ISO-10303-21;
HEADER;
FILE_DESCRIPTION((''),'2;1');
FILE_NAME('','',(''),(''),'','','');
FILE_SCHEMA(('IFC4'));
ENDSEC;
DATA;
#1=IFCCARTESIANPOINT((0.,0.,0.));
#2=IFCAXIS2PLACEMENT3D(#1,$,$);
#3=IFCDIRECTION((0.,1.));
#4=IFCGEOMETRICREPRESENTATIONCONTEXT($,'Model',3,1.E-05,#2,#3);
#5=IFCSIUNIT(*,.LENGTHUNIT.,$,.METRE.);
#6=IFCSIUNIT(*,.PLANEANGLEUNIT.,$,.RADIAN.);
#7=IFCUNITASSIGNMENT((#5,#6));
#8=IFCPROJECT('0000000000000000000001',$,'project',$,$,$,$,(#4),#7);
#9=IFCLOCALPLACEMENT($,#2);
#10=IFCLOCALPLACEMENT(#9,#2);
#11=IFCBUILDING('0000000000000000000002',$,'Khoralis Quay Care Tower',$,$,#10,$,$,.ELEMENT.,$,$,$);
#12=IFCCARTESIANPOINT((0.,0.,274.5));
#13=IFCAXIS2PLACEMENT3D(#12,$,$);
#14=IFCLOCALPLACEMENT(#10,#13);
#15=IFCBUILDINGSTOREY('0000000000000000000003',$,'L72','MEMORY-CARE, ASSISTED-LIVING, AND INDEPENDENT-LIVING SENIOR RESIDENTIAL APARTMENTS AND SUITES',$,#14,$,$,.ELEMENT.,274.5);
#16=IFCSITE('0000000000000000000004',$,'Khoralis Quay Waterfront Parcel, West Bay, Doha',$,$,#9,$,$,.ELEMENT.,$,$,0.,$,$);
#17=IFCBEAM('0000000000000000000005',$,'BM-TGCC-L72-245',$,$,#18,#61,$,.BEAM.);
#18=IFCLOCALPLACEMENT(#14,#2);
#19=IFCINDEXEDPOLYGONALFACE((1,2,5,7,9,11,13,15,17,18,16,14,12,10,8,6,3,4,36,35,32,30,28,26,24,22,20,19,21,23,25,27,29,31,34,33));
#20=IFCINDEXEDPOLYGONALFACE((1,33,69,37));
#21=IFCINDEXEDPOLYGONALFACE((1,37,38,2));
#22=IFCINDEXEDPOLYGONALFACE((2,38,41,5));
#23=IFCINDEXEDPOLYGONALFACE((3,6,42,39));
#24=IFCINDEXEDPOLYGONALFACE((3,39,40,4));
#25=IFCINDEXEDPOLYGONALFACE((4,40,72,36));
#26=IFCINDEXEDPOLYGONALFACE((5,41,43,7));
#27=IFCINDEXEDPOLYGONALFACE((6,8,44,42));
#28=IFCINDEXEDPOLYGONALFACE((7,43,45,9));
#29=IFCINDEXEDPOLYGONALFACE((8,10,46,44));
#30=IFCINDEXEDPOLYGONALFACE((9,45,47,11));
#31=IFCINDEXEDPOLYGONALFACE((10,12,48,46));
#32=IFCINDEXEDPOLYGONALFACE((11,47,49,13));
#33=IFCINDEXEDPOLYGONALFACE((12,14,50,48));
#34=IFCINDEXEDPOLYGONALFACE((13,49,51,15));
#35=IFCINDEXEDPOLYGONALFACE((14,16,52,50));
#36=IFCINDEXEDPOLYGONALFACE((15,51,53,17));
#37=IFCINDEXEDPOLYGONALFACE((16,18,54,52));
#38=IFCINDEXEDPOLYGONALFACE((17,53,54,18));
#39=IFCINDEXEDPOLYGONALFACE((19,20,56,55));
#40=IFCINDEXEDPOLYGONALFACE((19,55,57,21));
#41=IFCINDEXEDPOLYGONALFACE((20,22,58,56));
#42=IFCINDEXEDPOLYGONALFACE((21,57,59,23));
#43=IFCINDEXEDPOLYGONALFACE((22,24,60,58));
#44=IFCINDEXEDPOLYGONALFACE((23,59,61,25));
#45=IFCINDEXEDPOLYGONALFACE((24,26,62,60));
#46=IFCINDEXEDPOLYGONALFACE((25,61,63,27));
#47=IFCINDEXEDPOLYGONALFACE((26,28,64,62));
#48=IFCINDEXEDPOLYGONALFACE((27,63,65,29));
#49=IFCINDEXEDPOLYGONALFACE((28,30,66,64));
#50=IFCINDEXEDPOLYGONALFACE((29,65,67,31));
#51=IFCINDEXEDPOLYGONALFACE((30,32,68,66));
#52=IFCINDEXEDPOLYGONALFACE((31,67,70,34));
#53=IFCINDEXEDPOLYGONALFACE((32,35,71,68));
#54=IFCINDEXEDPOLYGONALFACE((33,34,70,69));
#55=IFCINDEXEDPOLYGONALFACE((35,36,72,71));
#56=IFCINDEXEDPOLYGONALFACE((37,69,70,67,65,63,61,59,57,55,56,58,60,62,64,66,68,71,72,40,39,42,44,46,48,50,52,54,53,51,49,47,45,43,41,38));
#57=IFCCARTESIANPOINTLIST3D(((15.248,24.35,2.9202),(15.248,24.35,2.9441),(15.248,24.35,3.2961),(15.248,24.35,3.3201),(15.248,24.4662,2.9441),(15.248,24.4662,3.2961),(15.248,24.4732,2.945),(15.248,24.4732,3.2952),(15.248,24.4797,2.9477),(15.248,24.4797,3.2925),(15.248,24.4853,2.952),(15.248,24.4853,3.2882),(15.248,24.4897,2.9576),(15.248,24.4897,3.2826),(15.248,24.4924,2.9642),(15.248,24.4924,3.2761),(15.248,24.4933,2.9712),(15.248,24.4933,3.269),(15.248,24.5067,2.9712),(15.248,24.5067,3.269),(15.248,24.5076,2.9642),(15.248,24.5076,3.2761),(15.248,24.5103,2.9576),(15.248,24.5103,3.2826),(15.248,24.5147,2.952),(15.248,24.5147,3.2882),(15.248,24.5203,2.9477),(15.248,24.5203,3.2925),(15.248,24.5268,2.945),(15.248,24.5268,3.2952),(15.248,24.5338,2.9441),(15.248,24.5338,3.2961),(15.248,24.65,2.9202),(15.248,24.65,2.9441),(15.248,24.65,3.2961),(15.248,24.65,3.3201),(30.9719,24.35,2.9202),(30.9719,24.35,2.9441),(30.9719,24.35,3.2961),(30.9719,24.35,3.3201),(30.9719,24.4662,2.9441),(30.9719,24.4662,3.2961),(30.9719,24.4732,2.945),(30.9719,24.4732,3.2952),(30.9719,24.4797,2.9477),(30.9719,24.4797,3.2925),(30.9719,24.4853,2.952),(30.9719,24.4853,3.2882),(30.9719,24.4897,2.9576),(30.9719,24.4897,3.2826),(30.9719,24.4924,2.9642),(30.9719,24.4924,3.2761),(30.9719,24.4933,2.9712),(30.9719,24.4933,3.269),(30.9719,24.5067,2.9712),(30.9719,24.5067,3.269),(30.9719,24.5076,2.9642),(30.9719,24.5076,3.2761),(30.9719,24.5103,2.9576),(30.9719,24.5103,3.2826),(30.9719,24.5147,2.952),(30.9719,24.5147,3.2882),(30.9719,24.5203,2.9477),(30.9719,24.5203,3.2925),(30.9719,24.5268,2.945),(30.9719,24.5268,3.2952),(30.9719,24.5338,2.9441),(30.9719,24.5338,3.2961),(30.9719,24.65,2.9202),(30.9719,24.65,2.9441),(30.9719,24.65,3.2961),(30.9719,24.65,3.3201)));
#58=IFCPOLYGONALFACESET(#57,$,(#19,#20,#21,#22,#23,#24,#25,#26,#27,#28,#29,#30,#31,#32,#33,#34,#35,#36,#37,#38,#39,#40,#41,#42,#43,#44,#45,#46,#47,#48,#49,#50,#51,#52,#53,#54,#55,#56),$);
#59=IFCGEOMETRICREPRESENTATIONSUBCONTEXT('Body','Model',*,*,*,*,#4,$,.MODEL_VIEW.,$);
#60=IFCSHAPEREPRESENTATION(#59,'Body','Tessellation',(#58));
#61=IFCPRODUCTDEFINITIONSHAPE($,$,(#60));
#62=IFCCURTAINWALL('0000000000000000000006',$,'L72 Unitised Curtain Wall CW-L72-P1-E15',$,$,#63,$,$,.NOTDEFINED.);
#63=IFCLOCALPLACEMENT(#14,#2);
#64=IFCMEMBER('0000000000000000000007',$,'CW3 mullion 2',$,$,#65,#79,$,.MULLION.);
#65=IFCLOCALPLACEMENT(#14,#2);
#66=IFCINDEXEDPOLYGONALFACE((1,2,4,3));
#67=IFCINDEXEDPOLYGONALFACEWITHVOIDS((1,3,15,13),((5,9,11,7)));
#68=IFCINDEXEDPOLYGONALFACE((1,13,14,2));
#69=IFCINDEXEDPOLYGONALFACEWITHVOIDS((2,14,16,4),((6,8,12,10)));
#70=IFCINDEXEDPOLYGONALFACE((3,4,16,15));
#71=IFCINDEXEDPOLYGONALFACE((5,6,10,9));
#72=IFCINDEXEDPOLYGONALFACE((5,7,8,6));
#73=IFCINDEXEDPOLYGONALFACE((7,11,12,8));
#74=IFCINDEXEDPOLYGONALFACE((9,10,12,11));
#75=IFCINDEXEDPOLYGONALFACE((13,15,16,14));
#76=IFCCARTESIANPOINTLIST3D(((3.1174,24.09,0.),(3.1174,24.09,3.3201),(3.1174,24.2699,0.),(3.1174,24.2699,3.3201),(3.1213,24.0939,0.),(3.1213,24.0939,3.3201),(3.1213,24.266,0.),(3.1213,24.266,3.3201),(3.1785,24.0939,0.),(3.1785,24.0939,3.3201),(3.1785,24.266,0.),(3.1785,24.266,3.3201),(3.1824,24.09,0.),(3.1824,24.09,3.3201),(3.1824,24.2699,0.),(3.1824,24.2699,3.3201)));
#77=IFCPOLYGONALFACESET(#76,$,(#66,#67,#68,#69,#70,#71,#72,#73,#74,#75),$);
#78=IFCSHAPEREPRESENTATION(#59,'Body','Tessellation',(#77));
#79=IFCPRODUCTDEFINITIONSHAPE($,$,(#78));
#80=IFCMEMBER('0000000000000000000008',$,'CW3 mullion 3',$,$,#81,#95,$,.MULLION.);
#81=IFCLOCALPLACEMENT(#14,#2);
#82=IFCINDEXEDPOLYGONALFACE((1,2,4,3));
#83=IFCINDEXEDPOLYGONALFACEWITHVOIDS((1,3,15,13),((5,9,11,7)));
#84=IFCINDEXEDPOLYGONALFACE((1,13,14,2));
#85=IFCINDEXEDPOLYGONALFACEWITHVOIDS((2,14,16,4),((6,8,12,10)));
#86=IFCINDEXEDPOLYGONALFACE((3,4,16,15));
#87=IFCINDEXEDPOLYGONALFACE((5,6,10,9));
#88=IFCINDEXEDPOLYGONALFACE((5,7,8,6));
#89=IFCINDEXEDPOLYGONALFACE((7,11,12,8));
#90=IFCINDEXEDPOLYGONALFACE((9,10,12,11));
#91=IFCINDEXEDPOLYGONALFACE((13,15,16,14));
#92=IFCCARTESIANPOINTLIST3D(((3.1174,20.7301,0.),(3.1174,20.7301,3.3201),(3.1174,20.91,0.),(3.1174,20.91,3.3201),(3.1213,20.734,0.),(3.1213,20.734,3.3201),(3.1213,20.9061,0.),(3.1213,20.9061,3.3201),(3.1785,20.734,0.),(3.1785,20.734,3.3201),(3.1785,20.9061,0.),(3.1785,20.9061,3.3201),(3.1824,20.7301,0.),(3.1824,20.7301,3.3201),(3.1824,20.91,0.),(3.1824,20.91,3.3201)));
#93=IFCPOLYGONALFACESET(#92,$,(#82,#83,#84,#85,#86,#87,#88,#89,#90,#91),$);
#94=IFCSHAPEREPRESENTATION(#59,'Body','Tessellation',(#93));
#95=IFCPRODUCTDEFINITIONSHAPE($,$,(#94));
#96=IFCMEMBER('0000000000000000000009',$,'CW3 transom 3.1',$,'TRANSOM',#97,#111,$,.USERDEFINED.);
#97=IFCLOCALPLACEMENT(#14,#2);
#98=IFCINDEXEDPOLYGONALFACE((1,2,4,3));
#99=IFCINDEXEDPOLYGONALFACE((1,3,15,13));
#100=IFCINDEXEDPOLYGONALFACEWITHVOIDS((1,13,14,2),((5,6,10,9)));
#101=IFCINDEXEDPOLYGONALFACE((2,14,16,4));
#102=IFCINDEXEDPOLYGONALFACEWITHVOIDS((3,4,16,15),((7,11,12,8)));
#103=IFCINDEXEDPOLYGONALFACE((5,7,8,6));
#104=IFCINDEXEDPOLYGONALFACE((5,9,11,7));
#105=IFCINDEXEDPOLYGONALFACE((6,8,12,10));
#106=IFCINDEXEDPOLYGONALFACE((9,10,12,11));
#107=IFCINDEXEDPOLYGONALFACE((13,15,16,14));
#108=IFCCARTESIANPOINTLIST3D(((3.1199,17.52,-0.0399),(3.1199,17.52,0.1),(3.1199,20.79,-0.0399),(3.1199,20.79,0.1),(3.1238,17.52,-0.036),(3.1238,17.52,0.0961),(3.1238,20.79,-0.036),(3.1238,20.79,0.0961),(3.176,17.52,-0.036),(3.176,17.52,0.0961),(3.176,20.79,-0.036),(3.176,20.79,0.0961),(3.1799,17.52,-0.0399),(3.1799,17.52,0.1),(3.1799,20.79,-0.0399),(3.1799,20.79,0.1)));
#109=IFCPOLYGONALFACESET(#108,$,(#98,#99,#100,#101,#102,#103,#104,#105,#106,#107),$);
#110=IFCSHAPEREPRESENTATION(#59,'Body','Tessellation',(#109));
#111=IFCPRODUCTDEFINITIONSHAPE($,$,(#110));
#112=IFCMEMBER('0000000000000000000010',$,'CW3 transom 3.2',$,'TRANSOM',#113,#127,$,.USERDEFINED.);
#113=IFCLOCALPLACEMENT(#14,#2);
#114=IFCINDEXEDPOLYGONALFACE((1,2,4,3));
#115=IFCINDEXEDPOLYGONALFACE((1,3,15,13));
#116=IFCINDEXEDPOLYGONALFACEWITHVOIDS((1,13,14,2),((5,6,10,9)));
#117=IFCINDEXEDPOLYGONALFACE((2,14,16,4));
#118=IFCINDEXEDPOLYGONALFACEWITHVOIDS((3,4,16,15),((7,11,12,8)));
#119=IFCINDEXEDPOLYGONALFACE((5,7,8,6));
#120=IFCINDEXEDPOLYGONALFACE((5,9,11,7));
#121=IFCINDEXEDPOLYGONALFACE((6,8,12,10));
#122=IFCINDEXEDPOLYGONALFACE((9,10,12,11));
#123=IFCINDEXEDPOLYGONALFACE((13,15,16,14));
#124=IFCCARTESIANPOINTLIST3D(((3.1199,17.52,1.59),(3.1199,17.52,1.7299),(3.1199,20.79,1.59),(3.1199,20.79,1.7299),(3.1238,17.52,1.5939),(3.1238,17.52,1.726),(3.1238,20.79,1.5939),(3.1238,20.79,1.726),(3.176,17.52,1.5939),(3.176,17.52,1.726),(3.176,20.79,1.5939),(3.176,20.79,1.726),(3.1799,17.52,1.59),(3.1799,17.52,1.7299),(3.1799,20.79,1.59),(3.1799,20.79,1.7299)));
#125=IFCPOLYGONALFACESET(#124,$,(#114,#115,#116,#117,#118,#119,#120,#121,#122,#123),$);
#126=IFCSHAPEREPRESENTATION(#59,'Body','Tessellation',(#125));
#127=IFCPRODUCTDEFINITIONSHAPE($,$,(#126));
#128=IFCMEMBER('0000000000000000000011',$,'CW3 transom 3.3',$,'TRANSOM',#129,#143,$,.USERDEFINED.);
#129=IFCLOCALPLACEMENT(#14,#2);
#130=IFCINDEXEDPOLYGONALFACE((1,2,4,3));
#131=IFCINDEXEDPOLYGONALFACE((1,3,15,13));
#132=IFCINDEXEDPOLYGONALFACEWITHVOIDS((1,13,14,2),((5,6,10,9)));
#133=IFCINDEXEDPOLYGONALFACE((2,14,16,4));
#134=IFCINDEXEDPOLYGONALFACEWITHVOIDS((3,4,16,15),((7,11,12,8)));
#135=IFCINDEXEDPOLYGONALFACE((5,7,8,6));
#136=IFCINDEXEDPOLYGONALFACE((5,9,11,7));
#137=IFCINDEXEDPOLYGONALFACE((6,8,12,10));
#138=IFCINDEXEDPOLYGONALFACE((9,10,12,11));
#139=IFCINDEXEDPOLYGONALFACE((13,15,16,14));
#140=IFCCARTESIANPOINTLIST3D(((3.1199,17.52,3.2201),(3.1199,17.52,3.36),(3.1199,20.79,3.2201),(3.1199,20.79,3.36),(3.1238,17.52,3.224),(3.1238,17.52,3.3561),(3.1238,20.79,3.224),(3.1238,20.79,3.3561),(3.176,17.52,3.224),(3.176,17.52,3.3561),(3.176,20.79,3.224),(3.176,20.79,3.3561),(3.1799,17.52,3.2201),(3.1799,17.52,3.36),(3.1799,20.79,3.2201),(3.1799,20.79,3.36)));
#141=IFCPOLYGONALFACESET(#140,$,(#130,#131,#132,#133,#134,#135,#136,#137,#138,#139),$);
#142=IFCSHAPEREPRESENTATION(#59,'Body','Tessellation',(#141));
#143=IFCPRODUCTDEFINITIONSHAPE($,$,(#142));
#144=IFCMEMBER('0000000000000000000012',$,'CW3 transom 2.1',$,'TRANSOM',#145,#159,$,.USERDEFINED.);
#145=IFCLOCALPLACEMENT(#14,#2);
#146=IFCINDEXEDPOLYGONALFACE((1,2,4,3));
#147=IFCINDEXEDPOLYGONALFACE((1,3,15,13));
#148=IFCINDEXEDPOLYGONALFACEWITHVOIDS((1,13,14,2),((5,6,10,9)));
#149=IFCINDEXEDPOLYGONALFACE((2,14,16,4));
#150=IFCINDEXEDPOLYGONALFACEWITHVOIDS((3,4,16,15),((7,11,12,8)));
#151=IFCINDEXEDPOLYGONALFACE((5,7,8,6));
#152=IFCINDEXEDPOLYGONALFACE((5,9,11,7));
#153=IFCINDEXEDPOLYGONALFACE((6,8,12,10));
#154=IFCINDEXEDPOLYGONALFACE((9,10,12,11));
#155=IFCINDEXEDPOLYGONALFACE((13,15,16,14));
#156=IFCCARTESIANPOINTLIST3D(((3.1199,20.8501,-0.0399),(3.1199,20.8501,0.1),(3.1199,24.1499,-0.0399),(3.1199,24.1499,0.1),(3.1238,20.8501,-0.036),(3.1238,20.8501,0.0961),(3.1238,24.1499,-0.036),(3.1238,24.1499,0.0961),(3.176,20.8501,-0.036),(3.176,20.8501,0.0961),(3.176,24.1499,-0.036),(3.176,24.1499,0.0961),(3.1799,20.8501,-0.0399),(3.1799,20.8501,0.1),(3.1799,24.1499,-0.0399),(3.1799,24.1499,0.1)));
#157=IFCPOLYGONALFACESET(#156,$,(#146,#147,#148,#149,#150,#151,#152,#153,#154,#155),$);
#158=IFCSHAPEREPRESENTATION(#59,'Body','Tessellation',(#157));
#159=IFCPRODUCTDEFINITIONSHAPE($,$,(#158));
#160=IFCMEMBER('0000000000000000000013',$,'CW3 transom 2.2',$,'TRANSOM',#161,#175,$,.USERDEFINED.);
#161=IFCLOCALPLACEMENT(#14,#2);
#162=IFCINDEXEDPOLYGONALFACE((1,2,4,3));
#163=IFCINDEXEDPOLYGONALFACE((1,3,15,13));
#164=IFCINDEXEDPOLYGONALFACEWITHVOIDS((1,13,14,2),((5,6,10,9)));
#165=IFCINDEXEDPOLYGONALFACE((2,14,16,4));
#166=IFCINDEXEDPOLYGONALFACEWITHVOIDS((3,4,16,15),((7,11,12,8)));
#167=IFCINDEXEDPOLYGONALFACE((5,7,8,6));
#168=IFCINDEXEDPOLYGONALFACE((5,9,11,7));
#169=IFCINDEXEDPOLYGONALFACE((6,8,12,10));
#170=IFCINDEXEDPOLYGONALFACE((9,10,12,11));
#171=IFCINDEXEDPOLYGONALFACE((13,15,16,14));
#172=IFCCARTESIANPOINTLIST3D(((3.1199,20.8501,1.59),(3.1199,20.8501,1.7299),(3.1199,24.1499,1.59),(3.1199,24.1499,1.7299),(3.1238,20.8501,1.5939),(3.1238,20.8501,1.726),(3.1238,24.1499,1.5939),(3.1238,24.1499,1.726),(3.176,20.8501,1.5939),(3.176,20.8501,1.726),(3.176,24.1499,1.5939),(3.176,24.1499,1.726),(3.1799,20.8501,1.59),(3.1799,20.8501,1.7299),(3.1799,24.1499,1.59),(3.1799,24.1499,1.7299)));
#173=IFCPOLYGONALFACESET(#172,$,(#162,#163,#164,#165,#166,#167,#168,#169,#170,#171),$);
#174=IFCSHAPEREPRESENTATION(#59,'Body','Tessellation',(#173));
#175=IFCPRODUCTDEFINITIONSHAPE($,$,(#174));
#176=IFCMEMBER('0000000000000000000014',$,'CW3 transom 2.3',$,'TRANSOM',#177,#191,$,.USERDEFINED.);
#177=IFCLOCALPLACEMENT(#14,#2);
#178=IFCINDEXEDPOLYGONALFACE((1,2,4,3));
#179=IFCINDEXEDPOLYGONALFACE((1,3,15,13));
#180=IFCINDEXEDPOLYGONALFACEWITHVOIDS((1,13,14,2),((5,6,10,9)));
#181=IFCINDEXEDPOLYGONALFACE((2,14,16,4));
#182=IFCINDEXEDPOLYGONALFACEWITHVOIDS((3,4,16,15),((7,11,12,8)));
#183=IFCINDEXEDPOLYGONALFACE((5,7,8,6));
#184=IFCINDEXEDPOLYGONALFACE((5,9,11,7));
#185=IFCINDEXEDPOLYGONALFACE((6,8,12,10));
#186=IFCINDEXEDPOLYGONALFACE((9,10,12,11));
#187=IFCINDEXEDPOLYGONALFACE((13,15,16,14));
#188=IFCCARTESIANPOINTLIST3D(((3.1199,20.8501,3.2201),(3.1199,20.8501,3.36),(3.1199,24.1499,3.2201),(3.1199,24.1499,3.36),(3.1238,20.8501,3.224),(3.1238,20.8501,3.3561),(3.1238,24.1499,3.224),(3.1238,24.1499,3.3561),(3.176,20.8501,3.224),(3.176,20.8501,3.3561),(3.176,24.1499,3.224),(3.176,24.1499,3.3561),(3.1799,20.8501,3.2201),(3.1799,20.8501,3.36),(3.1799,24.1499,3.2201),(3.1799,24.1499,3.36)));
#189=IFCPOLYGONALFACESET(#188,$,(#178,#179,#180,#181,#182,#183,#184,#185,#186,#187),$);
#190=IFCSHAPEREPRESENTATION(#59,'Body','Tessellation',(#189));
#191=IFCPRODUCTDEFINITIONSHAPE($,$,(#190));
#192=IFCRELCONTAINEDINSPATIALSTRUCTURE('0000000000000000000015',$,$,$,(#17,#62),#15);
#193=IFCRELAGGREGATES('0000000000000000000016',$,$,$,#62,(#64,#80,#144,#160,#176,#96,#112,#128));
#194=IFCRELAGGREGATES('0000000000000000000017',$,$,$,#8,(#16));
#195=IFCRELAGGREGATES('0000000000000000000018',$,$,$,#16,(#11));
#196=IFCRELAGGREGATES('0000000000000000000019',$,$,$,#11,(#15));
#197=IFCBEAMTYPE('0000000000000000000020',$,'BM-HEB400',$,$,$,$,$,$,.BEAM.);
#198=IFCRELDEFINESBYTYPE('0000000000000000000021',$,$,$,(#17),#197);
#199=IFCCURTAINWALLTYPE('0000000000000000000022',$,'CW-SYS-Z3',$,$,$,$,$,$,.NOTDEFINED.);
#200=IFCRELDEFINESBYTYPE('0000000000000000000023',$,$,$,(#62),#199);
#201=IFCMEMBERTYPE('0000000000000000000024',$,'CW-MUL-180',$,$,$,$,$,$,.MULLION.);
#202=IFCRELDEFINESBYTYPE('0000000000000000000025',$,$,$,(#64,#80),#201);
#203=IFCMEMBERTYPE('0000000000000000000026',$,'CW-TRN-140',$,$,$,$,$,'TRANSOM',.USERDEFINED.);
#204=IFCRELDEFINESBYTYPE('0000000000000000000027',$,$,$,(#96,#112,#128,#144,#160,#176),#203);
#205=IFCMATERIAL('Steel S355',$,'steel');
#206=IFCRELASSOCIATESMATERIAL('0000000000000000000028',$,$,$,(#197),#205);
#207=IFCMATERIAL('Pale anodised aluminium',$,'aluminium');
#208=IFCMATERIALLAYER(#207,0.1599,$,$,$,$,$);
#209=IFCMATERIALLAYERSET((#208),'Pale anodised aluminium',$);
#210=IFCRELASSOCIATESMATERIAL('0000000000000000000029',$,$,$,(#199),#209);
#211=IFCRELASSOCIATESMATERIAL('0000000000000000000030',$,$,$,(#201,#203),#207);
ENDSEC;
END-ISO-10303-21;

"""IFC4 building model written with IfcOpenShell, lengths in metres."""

from ifc_helpers import new_model, si_unit, direction, frame, origin, origin_2d, place, context, subcontext, project, spatial, hollow_rectangle, i_section, extrude, source, transform, mapped, material, layer, layer_set, material_profile, profile_set, type_object, element, aggregate, save


model = new_model("IFC4")

# Units and contexts
model_context = context("Model", 3, precision=1e-05, world=origin(), true_north=direction((0.0, 1.0)))
body_context = subcontext(model_context, "Body", "Model", "MODEL_VIEW")
ifc_project = project(units=[si_unit("LENGTHUNIT", "METRE"), si_unit("PLANEANGLEUNIT", "RADIAN")], contexts=[model_context])

# Site, building, storey
site_placement = place(None, origin())
site = spatial("IfcSite", under=ifc_project, at=site_placement, Name="Khoralis Quay Waterfront Parcel, West Bay, Doha", CompositionType="ELEMENT", RefElevation=0.0)
building_placement = place(site_placement, origin())
building = spatial("IfcBuilding", under=site, at=building_placement, Name="Khoralis Quay Care Tower", CompositionType="ELEMENT")
storey_placement = place(building_placement, frame((0.0, 0.0, 274.5)))
storey = spatial("IfcBuildingStorey", under=building, at=storey_placement, Name="L72", Description="MEMORY-CARE, ASSISTED-LIVING, AND INDEPENDENT-LIVING SENIOR RESIDENTIAL APARTMENTS AND SUITES", CompositionType="ELEMENT", Elevation=274.5)

# Beam
ifc_material_1 = material(Name="Steel S355", Category="steel")
ifc_material_profile_1 = material_profile(ifc_material_1, i_section(OverallWidth=0.3, OverallDepth=0.3999, WebThickness=0.0134, FlangeThickness=0.0239, FilletRadius=0.0271, at=origin_2d()), Name="Steel S355")
ifc_profile_set_1 = profile_set([ifc_material_profile_1], Name="Steel S355")
beam_type_1 = type_object("IfcBeamType", Name="BM-HEB400", PredefinedType="BEAM", material=ifc_profile_set_1)
shared_shape_1 = source(origin(), body_context, "Body", "SweptSolid", [
    extrude(i_section(OverallWidth=0.3, OverallDepth=0.3999, WebThickness=0.0134, FlangeThickness=0.0239, FilletRadius=0.0271, at=origin_2d()), origin(), (0.0, 0.0, 1.0), 15.7239),
])
beam_1_placement = place(storey_placement, frame((15.248, 24.5, 3.1201), z_axis=(1.0, 0.0, 0.0), x_axis=(0.0, 1.0, 0.0)))
element("IfcBeam", 1, at=beam_1_placement, inside=storey, type_object=beam_type_1, Name="BM-TGCC-L72-245", PredefinedType="BEAM", context=body_context, shape_type="MappedRepresentation", body=[
    mapped(shared_shape_1, transform((0.0, 0.0, 0.0), scale=1.0)),
])

# Curtain wall, members
ifc_material_2 = material(Name="Pale anodised aluminium", Category="aluminium")
ifc_layer_1 = layer(ifc_material_2, 0.1599)
ifc_layer_set_1 = layer_set([ifc_layer_1], Name="Pale anodised aluminium")
curtain_wall_type = type_object("IfcCurtainWallType", Name="CW-SYS-Z3", PredefinedType="NOTDEFINED", material=ifc_layer_set_1)
curtain_wall_placement = place(storey_placement, origin())
curtain_wall = element("IfcCurtainWall", 2, at=curtain_wall_placement, inside=storey, type_object=curtain_wall_type, Name="L72 Unitised Curtain Wall CW-L72-P1-E15", PredefinedType="NOTDEFINED")
ifc_material_profile_2 = material_profile(ifc_material_2, hollow_rectangle(XDim=0.0649, YDim=0.1799, WallThickness=0.0039, at=origin_2d()), Name="Pale anodised aluminium")
ifc_profile_set_2 = profile_set([ifc_material_profile_2], Name="Pale anodised aluminium")
member_type_1 = type_object("IfcMemberType", Name="CW-MUL-180", PredefinedType="MULLION", material=ifc_profile_set_2)
shared_shape_2 = source(origin(), body_context, "Body", "SweptSolid", [
    extrude(hollow_rectangle(XDim=0.0649, YDim=0.1799, WallThickness=0.0039, at=origin_2d()), origin(), (0.0, 0.0, 1.0), 3.3201),
])
member_1_placement = place(storey_placement, frame((3.1499, 24.1799, 0.0), z_axis=(0.0, 0.0, 1.0), x_axis=(1.0, 0.0, 0.0)))
member_1 = element("IfcMember", 3, at=member_1_placement, type_object=member_type_1, Name="CW3 mullion 2", PredefinedType="MULLION", context=body_context, shape_type="MappedRepresentation", body=[
    mapped(shared_shape_2, transform((0.0, 0.0, 0.0), scale=1.0)),
])
member_2_placement = place(storey_placement, frame((3.1499, 20.8201, 0.0), z_axis=(0.0, 0.0, 1.0), x_axis=(1.0, 0.0, 0.0)))
member_2 = element("IfcMember", 4, at=member_2_placement, type_object=member_type_1, Name="CW3 mullion 3", PredefinedType="MULLION", context=body_context, shape_type="MappedRepresentation", body=[
    mapped(shared_shape_2, transform((0.0, 0.0, 0.0), scale=1.0)),
])
ifc_material_profile_3 = material_profile(ifc_material_2, hollow_rectangle(XDim=0.0601, YDim=0.1399, WallThickness=0.0039, at=origin_2d()), Name="Pale anodised aluminium")
ifc_profile_set_3 = profile_set([ifc_material_profile_3], Name="Pale anodised aluminium")
member_type_2 = type_object("IfcMemberType", Name="CW-TRN-140", ElementType="TRANSOM", PredefinedType="USERDEFINED", material=ifc_profile_set_3)
shared_shape_3 = source(origin(), body_context, "Body", "SweptSolid", [
    extrude(hollow_rectangle(XDim=0.0601, YDim=0.1399, WallThickness=0.0039, at=origin_2d()), origin(), (0.0, 0.0, 1.0), 3.27),
])
member_3_placement = place(storey_placement, frame((3.1499, 20.79, 0.03), z_axis=(0.0, -1.0, 0.0), x_axis=(1.0, 0.0, 0.0)))
member_3 = element("IfcMember", 5, at=member_3_placement, type_object=member_type_2, Name="CW3 transom 3.1", ObjectType="TRANSOM", PredefinedType="USERDEFINED", context=body_context, shape_type="MappedRepresentation", body=[
    mapped(shared_shape_3, transform((0.0, 0.0, 0.0), scale=1.0)),
])
member_4_placement = place(storey_placement, frame((3.1499, 20.79, 1.6599), z_axis=(0.0, -1.0, 0.0), x_axis=(1.0, 0.0, 0.0)))
member_4 = element("IfcMember", 6, at=member_4_placement, type_object=member_type_2, Name="CW3 transom 3.2", ObjectType="TRANSOM", PredefinedType="USERDEFINED", context=body_context, shape_type="MappedRepresentation", body=[
    mapped(shared_shape_3, transform((0.0, 0.0, 0.0), scale=1.0)),
])
member_5_placement = place(storey_placement, frame((3.1499, 20.79, 3.29), z_axis=(0.0, -1.0, 0.0), x_axis=(1.0, 0.0, 0.0)))
member_5 = element("IfcMember", 7, at=member_5_placement, type_object=member_type_2, Name="CW3 transom 3.3", ObjectType="TRANSOM", PredefinedType="USERDEFINED", context=body_context, shape_type="MappedRepresentation", body=[
    mapped(shared_shape_3, transform((0.0, 0.0, 0.0), scale=1.0)),
])
shared_shape_4 = source(origin(), body_context, "Body", "SweptSolid", [
    extrude(hollow_rectangle(XDim=0.0601, YDim=0.1399, WallThickness=0.0039, at=origin_2d()), origin(), (0.0, 0.0, 1.0), 3.2998),
])
member_6_placement = place(storey_placement, frame((3.1499, 24.1499, 0.03), z_axis=(0.0, -1.0, 0.0), x_axis=(1.0, 0.0, 0.0)))
member_6 = element("IfcMember", 8, at=member_6_placement, type_object=member_type_2, Name="CW3 transom 2.1", ObjectType="TRANSOM", PredefinedType="USERDEFINED", context=body_context, shape_type="MappedRepresentation", body=[
    mapped(shared_shape_4, transform((0.0, 0.0, 0.0), scale=1.0)),
])
member_7_placement = place(storey_placement, frame((3.1499, 24.1499, 1.6599), z_axis=(0.0, -1.0, 0.0), x_axis=(1.0, 0.0, 0.0)))
member_7 = element("IfcMember", 9, at=member_7_placement, type_object=member_type_2, Name="CW3 transom 2.2", ObjectType="TRANSOM", PredefinedType="USERDEFINED", context=body_context, shape_type="MappedRepresentation", body=[
    mapped(shared_shape_4, transform((0.0, 0.0, 0.0), scale=1.0)),
])
member_8_placement = place(storey_placement, frame((3.1499, 24.1499, 3.29), z_axis=(0.0, -1.0, 0.0), x_axis=(1.0, 0.0, 0.0)))
member_8 = element("IfcMember", 10, at=member_8_placement, type_object=member_type_2, Name="CW3 transom 2.3", ObjectType="TRANSOM", PredefinedType="USERDEFINED", context=body_context, shape_type="MappedRepresentation", body=[
    mapped(shared_shape_4, transform((0.0, 0.0, 0.0), scale=1.0)),
])
aggregate(curtain_wall, [member_1, member_2, member_6, member_7, member_8, member_3, member_4, member_5])

save(model, "model.ifc")
